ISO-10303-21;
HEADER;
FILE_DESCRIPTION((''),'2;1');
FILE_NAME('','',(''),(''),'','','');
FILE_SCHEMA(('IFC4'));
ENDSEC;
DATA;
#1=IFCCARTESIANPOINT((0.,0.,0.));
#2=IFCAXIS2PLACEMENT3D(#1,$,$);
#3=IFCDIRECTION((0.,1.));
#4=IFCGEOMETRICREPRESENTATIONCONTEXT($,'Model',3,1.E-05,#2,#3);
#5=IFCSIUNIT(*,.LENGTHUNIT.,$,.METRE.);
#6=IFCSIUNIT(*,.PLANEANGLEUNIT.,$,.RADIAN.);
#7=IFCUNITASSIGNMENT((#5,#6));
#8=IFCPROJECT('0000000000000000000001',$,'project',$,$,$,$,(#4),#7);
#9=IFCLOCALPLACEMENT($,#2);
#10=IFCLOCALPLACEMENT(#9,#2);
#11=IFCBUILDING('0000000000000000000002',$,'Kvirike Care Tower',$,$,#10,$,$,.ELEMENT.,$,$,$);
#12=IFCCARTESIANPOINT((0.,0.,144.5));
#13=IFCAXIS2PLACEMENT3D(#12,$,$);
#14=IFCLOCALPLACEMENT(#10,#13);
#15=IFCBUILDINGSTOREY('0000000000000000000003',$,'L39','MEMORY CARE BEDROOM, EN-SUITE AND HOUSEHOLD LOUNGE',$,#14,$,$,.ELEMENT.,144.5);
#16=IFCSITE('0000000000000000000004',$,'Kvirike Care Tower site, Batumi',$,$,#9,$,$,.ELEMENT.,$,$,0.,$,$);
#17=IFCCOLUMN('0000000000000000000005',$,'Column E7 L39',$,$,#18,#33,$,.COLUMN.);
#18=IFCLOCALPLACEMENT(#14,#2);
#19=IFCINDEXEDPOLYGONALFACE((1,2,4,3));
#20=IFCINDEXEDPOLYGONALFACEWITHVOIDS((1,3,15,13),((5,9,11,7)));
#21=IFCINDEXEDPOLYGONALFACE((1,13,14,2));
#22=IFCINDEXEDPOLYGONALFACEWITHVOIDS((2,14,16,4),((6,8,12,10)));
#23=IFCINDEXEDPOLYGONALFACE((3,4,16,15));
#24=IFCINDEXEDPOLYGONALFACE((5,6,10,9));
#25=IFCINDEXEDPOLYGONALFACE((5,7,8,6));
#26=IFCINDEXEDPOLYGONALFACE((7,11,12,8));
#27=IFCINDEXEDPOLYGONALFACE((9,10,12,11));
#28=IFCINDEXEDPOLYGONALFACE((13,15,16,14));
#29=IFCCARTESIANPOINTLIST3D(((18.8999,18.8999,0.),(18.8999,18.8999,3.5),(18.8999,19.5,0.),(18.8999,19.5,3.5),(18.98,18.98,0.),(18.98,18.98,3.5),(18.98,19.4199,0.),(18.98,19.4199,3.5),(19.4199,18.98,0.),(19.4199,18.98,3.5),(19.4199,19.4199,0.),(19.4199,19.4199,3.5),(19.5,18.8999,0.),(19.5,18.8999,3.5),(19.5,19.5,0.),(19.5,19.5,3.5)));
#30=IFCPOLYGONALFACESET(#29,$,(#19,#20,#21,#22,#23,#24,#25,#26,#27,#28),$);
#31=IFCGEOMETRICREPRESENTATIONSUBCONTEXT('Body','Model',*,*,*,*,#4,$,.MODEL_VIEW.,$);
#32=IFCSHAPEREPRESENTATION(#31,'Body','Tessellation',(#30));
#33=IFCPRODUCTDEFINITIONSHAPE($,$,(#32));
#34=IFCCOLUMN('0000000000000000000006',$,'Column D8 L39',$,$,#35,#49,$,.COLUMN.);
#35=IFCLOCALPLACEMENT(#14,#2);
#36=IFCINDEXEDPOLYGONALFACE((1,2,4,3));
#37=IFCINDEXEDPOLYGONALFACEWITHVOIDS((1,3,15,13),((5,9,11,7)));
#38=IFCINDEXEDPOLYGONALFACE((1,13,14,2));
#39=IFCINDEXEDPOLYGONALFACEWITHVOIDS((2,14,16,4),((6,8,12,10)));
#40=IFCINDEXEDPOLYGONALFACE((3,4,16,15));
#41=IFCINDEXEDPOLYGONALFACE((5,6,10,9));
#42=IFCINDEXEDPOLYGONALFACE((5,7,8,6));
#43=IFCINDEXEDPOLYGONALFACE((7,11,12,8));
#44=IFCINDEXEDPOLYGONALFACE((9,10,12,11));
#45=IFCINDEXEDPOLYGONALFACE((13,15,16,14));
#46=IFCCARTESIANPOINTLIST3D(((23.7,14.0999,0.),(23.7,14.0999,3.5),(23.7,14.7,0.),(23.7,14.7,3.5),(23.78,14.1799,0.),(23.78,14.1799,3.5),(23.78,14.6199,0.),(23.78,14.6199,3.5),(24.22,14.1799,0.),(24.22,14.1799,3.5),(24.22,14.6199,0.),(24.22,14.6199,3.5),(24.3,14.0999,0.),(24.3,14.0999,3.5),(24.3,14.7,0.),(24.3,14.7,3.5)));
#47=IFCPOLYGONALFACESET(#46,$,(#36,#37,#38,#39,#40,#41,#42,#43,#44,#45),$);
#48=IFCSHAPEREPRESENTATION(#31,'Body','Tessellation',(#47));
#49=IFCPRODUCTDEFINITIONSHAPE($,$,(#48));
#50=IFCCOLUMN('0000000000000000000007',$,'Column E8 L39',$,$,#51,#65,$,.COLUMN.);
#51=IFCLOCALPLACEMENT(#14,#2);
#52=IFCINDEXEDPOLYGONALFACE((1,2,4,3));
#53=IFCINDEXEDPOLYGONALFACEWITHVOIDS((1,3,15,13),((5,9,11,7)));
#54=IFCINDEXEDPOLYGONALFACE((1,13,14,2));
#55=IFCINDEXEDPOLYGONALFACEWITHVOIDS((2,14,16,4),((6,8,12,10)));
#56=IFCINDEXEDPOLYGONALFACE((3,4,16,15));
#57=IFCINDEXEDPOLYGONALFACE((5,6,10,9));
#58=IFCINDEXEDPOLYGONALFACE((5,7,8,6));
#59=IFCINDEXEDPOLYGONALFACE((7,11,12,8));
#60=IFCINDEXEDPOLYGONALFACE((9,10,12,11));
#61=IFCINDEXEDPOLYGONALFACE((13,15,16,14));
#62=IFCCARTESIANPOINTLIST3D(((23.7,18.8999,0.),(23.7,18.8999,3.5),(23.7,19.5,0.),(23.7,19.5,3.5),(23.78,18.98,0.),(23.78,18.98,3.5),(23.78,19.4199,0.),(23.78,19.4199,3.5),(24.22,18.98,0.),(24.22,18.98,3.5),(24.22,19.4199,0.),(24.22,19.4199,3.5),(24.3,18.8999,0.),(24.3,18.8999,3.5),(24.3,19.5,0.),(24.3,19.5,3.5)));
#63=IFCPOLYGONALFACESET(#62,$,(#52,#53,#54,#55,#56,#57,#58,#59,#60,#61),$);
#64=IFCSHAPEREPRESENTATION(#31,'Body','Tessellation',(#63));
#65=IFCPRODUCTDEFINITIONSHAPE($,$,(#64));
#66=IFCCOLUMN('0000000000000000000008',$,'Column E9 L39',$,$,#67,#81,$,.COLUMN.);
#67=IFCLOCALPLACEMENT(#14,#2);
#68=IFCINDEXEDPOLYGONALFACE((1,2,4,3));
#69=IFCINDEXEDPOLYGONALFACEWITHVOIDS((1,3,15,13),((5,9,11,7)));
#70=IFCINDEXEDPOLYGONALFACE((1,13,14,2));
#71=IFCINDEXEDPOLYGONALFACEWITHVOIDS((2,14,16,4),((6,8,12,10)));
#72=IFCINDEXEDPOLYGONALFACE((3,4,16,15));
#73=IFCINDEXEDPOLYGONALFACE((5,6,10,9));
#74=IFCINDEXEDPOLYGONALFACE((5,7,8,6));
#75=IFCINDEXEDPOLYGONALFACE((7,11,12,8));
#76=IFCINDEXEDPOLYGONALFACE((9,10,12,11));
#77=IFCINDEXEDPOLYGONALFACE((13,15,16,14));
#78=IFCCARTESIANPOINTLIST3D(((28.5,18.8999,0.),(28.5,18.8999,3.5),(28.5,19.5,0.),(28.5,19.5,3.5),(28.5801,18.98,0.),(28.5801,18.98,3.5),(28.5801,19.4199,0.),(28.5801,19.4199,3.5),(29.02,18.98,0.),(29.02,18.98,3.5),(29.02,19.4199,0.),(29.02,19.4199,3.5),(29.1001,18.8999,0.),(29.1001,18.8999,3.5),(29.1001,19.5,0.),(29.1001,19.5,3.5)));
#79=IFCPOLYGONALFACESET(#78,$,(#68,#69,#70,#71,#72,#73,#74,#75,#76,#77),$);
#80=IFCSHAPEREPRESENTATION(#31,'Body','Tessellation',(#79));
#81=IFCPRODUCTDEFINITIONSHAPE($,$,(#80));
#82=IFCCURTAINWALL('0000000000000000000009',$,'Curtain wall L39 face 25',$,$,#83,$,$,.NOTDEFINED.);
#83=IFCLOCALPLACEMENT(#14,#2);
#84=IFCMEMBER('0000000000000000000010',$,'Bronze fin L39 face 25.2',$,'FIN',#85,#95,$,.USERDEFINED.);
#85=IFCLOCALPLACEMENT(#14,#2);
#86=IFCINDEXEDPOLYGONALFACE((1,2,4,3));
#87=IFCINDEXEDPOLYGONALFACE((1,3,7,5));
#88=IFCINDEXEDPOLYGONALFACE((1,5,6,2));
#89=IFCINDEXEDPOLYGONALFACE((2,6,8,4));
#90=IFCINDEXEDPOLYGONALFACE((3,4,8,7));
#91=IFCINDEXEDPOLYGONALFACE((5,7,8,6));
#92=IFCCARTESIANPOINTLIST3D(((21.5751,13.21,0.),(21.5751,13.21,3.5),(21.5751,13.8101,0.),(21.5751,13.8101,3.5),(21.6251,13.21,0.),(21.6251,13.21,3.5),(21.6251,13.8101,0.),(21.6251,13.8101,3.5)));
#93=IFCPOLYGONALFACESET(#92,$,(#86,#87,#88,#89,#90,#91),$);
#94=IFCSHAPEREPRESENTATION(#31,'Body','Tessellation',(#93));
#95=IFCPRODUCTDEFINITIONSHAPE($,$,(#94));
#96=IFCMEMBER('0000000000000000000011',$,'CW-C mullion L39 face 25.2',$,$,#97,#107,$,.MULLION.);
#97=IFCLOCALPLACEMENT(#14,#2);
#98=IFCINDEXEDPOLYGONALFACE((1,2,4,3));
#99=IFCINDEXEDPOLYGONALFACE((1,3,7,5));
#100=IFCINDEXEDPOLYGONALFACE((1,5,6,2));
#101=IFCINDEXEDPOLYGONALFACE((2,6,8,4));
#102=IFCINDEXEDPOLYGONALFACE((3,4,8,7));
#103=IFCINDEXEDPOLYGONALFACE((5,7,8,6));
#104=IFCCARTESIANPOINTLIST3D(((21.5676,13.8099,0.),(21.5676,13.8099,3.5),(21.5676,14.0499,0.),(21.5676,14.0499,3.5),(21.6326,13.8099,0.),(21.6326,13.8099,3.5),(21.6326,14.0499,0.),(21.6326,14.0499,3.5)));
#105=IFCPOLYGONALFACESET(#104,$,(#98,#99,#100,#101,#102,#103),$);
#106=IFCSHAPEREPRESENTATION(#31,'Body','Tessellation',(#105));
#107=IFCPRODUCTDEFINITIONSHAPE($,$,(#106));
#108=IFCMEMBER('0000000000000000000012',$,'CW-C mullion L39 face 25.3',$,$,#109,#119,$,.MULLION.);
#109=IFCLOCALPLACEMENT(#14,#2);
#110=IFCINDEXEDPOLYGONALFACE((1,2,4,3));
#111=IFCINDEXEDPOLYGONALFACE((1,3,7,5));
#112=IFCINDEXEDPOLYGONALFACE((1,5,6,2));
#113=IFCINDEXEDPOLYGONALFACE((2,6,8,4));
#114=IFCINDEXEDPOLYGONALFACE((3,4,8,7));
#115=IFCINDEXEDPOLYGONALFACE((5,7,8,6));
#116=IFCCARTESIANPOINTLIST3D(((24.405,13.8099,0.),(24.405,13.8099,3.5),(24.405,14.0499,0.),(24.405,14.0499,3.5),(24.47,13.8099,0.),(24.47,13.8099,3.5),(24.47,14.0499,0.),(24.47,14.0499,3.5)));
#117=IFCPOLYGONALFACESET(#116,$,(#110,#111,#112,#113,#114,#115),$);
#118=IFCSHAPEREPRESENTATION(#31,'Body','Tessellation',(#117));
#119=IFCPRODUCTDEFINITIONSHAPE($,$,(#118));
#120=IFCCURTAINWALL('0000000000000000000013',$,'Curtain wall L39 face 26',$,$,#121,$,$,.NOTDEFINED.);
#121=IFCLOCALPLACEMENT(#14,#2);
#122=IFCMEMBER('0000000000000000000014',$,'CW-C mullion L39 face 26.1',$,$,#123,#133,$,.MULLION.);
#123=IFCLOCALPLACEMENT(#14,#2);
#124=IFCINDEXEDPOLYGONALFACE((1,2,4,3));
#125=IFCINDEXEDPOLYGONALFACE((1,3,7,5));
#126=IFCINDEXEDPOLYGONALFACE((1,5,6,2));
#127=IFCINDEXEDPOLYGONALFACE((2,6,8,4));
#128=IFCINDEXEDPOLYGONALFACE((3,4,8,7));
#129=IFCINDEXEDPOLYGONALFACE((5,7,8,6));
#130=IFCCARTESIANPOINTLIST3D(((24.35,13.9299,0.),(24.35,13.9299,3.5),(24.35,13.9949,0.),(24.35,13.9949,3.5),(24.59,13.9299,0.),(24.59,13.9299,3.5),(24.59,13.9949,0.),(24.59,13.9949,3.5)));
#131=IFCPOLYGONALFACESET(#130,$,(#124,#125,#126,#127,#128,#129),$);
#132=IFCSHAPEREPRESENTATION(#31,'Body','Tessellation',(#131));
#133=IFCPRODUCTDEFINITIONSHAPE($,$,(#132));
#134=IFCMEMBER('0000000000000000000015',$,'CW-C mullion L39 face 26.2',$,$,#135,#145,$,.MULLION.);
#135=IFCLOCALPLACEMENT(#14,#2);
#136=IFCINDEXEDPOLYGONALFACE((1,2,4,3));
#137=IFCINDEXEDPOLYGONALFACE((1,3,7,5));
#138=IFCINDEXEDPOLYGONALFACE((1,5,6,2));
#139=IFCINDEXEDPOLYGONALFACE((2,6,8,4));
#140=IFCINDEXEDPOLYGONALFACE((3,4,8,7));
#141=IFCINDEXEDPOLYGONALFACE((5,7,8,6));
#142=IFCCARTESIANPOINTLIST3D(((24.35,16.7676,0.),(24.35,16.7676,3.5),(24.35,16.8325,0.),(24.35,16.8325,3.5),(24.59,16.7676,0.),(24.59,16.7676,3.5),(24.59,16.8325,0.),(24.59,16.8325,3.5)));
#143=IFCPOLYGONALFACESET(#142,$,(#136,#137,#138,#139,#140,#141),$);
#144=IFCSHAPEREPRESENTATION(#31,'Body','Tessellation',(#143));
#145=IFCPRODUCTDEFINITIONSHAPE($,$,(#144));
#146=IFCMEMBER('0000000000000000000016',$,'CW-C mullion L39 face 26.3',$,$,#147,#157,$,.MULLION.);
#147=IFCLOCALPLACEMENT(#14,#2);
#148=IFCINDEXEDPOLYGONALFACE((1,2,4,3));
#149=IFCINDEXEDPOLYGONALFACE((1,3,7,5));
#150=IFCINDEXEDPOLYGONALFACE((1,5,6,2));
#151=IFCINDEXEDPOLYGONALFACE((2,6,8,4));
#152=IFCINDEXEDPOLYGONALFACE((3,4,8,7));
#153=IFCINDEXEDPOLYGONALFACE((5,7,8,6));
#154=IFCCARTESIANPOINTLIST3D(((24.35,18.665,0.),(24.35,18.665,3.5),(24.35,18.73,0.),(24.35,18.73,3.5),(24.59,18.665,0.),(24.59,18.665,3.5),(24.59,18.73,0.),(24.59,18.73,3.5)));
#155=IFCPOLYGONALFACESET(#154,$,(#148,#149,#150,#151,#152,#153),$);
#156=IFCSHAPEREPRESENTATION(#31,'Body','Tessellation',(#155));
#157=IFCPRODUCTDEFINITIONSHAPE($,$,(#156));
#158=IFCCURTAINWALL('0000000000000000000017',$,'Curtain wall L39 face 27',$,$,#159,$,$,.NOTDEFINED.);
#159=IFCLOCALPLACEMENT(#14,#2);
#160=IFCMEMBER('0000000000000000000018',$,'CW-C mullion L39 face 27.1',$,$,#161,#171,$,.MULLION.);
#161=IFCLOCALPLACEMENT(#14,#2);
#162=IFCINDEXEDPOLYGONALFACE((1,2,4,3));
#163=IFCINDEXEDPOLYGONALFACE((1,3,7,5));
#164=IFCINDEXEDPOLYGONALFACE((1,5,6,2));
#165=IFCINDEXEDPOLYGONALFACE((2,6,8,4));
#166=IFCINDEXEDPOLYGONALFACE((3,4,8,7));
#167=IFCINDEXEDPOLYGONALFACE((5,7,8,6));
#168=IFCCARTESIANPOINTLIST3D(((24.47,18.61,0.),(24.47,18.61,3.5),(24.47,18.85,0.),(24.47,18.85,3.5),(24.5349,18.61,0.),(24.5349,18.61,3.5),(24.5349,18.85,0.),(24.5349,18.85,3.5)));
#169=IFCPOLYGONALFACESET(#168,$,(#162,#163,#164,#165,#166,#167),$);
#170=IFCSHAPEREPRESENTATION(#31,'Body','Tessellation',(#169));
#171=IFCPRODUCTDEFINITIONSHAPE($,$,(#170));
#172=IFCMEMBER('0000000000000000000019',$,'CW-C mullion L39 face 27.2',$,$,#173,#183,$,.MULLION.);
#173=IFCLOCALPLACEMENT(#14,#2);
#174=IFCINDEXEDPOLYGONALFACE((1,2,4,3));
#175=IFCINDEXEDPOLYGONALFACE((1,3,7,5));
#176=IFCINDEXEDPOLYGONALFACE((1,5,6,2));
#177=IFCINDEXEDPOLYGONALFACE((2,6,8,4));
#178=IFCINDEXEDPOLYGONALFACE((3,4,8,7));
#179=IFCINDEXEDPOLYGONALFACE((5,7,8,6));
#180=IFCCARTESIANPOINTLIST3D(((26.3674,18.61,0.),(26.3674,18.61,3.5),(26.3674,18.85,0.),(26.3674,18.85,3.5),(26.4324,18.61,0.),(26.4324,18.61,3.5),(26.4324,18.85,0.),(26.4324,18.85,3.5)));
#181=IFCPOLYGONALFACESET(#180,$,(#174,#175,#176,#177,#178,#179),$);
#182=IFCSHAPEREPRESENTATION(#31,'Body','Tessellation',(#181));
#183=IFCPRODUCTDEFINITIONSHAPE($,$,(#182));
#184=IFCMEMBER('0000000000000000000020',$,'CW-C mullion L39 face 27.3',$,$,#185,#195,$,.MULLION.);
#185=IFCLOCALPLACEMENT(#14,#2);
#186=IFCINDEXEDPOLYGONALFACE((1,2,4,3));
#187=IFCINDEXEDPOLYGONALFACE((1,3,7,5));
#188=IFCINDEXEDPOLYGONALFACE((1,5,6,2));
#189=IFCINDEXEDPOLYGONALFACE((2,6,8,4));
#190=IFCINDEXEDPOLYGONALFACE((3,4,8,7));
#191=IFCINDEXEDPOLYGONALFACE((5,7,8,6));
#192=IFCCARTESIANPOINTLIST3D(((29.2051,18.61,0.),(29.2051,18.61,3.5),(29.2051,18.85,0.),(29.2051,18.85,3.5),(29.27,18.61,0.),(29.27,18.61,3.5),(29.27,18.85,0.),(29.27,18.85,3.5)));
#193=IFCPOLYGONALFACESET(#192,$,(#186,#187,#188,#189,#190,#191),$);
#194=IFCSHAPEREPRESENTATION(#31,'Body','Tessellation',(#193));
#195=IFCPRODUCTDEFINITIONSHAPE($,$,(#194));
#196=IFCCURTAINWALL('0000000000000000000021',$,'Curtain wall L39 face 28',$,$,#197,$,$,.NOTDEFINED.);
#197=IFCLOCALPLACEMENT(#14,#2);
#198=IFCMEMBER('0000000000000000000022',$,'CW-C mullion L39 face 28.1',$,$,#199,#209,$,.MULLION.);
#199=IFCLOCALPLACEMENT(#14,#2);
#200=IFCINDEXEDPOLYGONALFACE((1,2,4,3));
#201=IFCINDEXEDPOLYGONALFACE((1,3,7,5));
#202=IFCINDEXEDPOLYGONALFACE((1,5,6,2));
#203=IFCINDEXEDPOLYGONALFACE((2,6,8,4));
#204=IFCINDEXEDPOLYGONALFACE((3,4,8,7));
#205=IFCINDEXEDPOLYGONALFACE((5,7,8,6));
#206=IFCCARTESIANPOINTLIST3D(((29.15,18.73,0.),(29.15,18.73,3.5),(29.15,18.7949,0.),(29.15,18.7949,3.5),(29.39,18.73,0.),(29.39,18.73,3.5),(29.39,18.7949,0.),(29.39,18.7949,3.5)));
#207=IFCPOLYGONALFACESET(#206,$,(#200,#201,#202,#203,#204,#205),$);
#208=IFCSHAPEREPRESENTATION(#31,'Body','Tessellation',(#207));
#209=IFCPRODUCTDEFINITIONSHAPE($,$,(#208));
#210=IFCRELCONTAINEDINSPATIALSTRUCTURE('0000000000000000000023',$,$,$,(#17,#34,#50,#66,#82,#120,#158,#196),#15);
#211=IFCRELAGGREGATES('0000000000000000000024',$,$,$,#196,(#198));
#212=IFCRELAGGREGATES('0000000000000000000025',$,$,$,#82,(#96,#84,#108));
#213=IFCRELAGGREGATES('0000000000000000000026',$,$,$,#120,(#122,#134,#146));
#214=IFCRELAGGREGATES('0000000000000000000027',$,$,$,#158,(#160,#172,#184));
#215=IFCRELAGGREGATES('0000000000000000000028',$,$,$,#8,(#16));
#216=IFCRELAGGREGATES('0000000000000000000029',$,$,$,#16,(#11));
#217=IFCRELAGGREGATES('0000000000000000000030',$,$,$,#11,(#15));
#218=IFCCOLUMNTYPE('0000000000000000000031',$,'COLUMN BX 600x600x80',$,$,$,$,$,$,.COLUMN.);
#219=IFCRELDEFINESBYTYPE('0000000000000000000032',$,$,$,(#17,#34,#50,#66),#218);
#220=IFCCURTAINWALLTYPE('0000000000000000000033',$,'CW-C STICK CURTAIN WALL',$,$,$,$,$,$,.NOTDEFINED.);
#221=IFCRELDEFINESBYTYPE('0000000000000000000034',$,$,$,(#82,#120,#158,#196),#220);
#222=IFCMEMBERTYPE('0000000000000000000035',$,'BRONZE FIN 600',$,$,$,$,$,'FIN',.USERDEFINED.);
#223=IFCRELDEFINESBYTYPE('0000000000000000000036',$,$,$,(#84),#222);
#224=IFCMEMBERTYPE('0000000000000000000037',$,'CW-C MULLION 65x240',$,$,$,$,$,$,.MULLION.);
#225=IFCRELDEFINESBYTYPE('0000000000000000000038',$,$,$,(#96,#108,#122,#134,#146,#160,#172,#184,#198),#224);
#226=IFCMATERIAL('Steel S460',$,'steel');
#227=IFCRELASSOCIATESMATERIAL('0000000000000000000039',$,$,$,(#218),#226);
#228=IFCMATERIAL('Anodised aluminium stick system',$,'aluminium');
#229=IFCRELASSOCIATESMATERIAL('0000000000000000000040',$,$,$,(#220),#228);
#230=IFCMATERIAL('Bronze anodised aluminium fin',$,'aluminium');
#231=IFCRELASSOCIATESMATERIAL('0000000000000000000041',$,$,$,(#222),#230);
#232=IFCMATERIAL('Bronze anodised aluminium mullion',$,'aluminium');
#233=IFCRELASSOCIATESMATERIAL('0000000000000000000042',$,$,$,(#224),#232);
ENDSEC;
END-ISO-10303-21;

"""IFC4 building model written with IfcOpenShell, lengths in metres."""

from ifc_helpers import new_model, si_unit, direction, frame, origin, origin_2d, place, context, subcontext, project, spatial, rectangle, hollow_rectangle, extrude, material, material_profile, profile_set, type_object, element, aggregate, save


model = new_model("IFC4")

# Units and contexts
model_context = context("Model", 3, precision=1e-05, world=origin(), true_north=direction((0.0, 1.0)))
body_context = subcontext(model_context, "Body", "Model", "MODEL_VIEW")
ifc_project = project(units=[si_unit("LENGTHUNIT", "METRE"), si_unit("PLANEANGLEUNIT", "RADIAN")], contexts=[model_context])

# Site, building, storey
site_placement = place(None, origin())
site = spatial("IfcSite", under=ifc_project, at=site_placement, Name="Kvirike Care Tower site, Batumi", CompositionType="ELEMENT", RefElevation=0.0)
building_placement = place(site_placement, origin())
building = spatial("IfcBuilding", under=site, at=building_placement, Name="Kvirike Care Tower", CompositionType="ELEMENT")
storey_placement = place(building_placement, frame((0.0, 0.0, 144.5)))
storey = spatial("IfcBuildingStorey", under=building, at=storey_placement, Name="L39", Description="MEMORY CARE BEDROOM, EN-SUITE AND HOUSEHOLD LOUNGE", CompositionType="ELEMENT", Elevation=144.5)

# Columns
ifc_material_1 = material(Name="Steel S460", Category="steel")
ifc_material_profile_1 = material_profile(ifc_material_1, hollow_rectangle(XDim=0.6001, YDim=0.6001, WallThickness=0.0801, at=origin_2d()), Name="BX 600x600x80")
ifc_profile_set_1 = profile_set([ifc_material_profile_1], Name="Steel S460")
column_type = type_object("IfcColumnType", Name="COLUMN BX 600x600x80", PredefinedType="COLUMN", material=ifc_profile_set_1)
for number, where, z_axis, x_axis, name in (
    (1, (19.2, 19.2, 0.0), (0.0, 0.0, 1.0), (0.0, 1.0, 0.0), "Column E7 L39"),
    (2, (24.0, 14.3999, 0.0), (0.0, 0.0, 1.0), (0.0, 1.0, 0.0), "Column D8 L39"),
    (3, (24.0, 19.2, 0.0), (0.0, 0.0, 1.0), (0.0, 1.0, 0.0), "Column E8 L39"),
    (4, (28.8, 19.2, 0.0), (0.0, 0.0, 1.0), (0.0, 1.0, 0.0), "Column E9 L39"),
):
    element("IfcColumn", number, at=place(storey_placement, frame(where, z_axis=z_axis, x_axis=x_axis)), inside=storey, type_object=column_type, Name=name, PredefinedType="COLUMN", context=body_context, shape_type="SweptSolid", body=[
        extrude(hollow_rectangle(XDim=0.6001, YDim=0.6001, WallThickness=0.0801, at=origin_2d()), origin(), (0.0, 0.0, 1.0), 3.5),
    ])

# Curtain walls, members
ifc_material_2 = material(Name="Anodised aluminium stick system", Category="aluminium")
curtain_wall_type = type_object("IfcCurtainWallType", Name="CW-C STICK CURTAIN WALL", PredefinedType="NOTDEFINED", material=ifc_material_2)
curtain_wall_1_placement = place(storey_placement, origin())
curtain_wall_1 = element("IfcCurtainWall", 5, at=curtain_wall_1_placement, inside=storey, type_object=curtain_wall_type, Name="Curtain wall L39 face 25", PredefinedType="NOTDEFINED")
ifc_material_3 = material(Name="Bronze anodised aluminium fin", Category="aluminium")
ifc_material_profile_2 = material_profile(ifc_material_3, rectangle(XDim=0.05, YDim=0.6001, at=origin_2d()), Name="BRONZE FIN 600")
ifc_profile_set_2 = profile_set([ifc_material_profile_2], Name="Bronze anodised aluminium fin")
member_type_1 = type_object("IfcMemberType", Name="BRONZE FIN 600", ElementType="FIN", PredefinedType="USERDEFINED", material=ifc_profile_set_2)
member_1_placement = place(storey_placement, frame((21.6001, 13.51, 0.0), z_axis=(0.0, 0.0, 1.0), x_axis=(1.0, 0.0, 0.0)))
member_1 = element("IfcMember", 6, at=member_1_placement, type_object=member_type_1, Name="Bronze fin L39 face 25.2", ObjectType="FIN", PredefinedType="USERDEFINED", context=body_context, shape_type="SweptSolid", body=[
    extrude(rectangle(XDim=0.05, YDim=0.6001, at=origin_2d()), origin(), (0.0, 0.0, 1.0), 3.5),
])
ifc_material_4 = material(Name="Bronze anodised aluminium mullion", Category="aluminium")
ifc_material_profile_3 = material_profile(ifc_material_4, rectangle(XDim=0.0649, YDim=0.24, at=origin_2d()), Name="CW-C MULLION 65x240")
ifc_profile_set_3 = profile_set([ifc_material_profile_3], Name="Bronze anodised aluminium mullion")
member_type_2 = type_object("IfcMemberType", Name="CW-C MULLION 65x240", PredefinedType="MULLION", material=ifc_profile_set_3)
member_2_placement = place(storey_placement, frame((21.6001, 13.9299, 0.0), z_axis=(0.0, 0.0, 1.0), x_axis=(1.0, 0.0, 0.0)))
member_2 = element("IfcMember", 7, at=member_2_placement, type_object=member_type_2, Name="CW-C mullion L39 face 25.2", PredefinedType="MULLION", context=body_context, shape_type="SweptSolid", body=[
    extrude(rectangle(XDim=0.0649, YDim=0.24, at=origin_2d()), origin(), (0.0, 0.0, 1.0), 3.5),
])
member_3_placement = place(storey_placement, frame((24.4375, 13.9299, 0.0), z_axis=(0.0, 0.0, 1.0), x_axis=(1.0, 0.0, 0.0)))
member_3 = element("IfcMember", 8, at=member_3_placement, type_object=member_type_2, Name="CW-C mullion L39 face 25.3", PredefinedType="MULLION", context=body_context, shape_type="SweptSolid", body=[
    extrude(rectangle(XDim=0.0649, YDim=0.24, at=origin_2d()), origin(), (0.0, 0.0, 1.0), 3.5),
])
curtain_wall_2_placement = place(storey_placement, origin())
curtain_wall_2 = element("IfcCurtainWall", 9, at=curtain_wall_2_placement, inside=storey, type_object=curtain_wall_type, Name="Curtain wall L39 face 26", PredefinedType="NOTDEFINED")
member_4_placement = place(storey_placement, frame((24.47, 13.9624, 0.0), z_axis=(0.0, 0.0, 1.0), x_axis=(0.0, 1.0, 0.0)))
member_4 = element("IfcMember", 10, at=member_4_placement, type_object=member_type_2, Name="CW-C mullion L39 face 26.1", PredefinedType="MULLION", context=body_context, shape_type="SweptSolid", body=[
    extrude(rectangle(XDim=0.0649, YDim=0.24, at=origin_2d()), origin(), (0.0, 0.0, 1.0), 3.5),
])
member_5_placement = place(storey_placement, frame((24.47, 16.8, 0.0), z_axis=(0.0, 0.0, 1.0), x_axis=(0.0, 1.0, 0.0)))
member_5 = element("IfcMember", 11, at=member_5_placement, type_object=member_type_2, Name="CW-C mullion L39 face 26.2", PredefinedType="MULLION", context=body_context, shape_type="SweptSolid", body=[
    extrude(rectangle(XDim=0.0649, YDim=0.24, at=origin_2d()), origin(), (0.0, 0.0, 1.0), 3.5),
])
member_6_placement = place(storey_placement, frame((24.47, 18.6975, 0.0), z_axis=(0.0, 0.0, 1.0), x_axis=(0.0, 1.0, 0.0)))
member_6 = element("IfcMember", 12, at=member_6_placement, type_object=member_type_2, Name="CW-C mullion L39 face 26.3", PredefinedType="MULLION", context=body_context, shape_type="SweptSolid", body=[
    extrude(rectangle(XDim=0.0649, YDim=0.24, at=origin_2d()), origin(), (0.0, 0.0, 1.0), 3.5),
])
curtain_wall_3_placement = place(storey_placement, origin())
curtain_wall_3 = element("IfcCurtainWall", 13, at=curtain_wall_3_placement, inside=storey, type_object=curtain_wall_type, Name="Curtain wall L39 face 27", PredefinedType="NOTDEFINED")
member_7_placement = place(storey_placement, frame((24.5024, 18.73, 0.0), z_axis=(0.0, 0.0, 1.0), x_axis=(1.0, 0.0, 0.0)))
member_7 = element("IfcMember", 14, at=member_7_placement, type_object=member_type_2, Name="CW-C mullion L39 face 27.1", PredefinedType="MULLION", context=body_context, shape_type="SweptSolid", body=[
    extrude(rectangle(XDim=0.0649, YDim=0.24, at=origin_2d()), origin(), (0.0, 0.0, 1.0), 3.5),
])
member_8_placement = place(storey_placement, frame((26.3999, 18.73, 0.0), z_axis=(0.0, 0.0, 1.0), x_axis=(1.0, 0.0, 0.0)))
member_8 = element("IfcMember", 15, at=member_8_placement, type_object=member_type_2, Name="CW-C mullion L39 face 27.2", PredefinedType="MULLION", context=body_context, shape_type="SweptSolid", body=[
    extrude(rectangle(XDim=0.0649, YDim=0.24, at=origin_2d()), origin(), (0.0, 0.0, 1.0), 3.5),
])
member_9_placement = place(storey_placement, frame((29.2375, 18.73, 0.0), z_axis=(0.0, 0.0, 1.0), x_axis=(1.0, 0.0, 0.0)))
member_9 = element("IfcMember", 16, at=member_9_placement, type_object=member_type_2, Name="CW-C mullion L39 face 27.3", PredefinedType="MULLION", context=body_context, shape_type="SweptSolid", body=[
    extrude(rectangle(XDim=0.0649, YDim=0.24, at=origin_2d()), origin(), (0.0, 0.0, 1.0), 3.5),
])

# Curtain wall, member
curtain_wall_4_placement = place(storey_placement, origin())
curtain_wall_4 = element("IfcCurtainWall", 17, at=curtain_wall_4_placement, inside=storey, type_object=curtain_wall_type, Name="Curtain wall L39 face 28", PredefinedType="NOTDEFINED")
member_10_placement = place(storey_placement, frame((29.27, 18.7625, 0.0), z_axis=(0.0, 0.0, 1.0), x_axis=(0.0, 1.0, 0.0)))
member_10 = element("IfcMember", 18, at=member_10_placement, type_object=member_type_2, Name="CW-C mullion L39 face 28.1", PredefinedType="MULLION", context=body_context, shape_type="SweptSolid", body=[
    extrude(rectangle(XDim=0.0649, YDim=0.24, at=origin_2d()), origin(), (0.0, 0.0, 1.0), 3.5),
])

aggregate(curtain_wall_4, [member_10])

aggregate(curtain_wall_1, [member_2, member_1, member_3])
aggregate(curtain_wall_2, [member_4, member_5, member_6])
aggregate(curtain_wall_3, [member_7, member_8, member_9])

save(model, "model.ifc")
